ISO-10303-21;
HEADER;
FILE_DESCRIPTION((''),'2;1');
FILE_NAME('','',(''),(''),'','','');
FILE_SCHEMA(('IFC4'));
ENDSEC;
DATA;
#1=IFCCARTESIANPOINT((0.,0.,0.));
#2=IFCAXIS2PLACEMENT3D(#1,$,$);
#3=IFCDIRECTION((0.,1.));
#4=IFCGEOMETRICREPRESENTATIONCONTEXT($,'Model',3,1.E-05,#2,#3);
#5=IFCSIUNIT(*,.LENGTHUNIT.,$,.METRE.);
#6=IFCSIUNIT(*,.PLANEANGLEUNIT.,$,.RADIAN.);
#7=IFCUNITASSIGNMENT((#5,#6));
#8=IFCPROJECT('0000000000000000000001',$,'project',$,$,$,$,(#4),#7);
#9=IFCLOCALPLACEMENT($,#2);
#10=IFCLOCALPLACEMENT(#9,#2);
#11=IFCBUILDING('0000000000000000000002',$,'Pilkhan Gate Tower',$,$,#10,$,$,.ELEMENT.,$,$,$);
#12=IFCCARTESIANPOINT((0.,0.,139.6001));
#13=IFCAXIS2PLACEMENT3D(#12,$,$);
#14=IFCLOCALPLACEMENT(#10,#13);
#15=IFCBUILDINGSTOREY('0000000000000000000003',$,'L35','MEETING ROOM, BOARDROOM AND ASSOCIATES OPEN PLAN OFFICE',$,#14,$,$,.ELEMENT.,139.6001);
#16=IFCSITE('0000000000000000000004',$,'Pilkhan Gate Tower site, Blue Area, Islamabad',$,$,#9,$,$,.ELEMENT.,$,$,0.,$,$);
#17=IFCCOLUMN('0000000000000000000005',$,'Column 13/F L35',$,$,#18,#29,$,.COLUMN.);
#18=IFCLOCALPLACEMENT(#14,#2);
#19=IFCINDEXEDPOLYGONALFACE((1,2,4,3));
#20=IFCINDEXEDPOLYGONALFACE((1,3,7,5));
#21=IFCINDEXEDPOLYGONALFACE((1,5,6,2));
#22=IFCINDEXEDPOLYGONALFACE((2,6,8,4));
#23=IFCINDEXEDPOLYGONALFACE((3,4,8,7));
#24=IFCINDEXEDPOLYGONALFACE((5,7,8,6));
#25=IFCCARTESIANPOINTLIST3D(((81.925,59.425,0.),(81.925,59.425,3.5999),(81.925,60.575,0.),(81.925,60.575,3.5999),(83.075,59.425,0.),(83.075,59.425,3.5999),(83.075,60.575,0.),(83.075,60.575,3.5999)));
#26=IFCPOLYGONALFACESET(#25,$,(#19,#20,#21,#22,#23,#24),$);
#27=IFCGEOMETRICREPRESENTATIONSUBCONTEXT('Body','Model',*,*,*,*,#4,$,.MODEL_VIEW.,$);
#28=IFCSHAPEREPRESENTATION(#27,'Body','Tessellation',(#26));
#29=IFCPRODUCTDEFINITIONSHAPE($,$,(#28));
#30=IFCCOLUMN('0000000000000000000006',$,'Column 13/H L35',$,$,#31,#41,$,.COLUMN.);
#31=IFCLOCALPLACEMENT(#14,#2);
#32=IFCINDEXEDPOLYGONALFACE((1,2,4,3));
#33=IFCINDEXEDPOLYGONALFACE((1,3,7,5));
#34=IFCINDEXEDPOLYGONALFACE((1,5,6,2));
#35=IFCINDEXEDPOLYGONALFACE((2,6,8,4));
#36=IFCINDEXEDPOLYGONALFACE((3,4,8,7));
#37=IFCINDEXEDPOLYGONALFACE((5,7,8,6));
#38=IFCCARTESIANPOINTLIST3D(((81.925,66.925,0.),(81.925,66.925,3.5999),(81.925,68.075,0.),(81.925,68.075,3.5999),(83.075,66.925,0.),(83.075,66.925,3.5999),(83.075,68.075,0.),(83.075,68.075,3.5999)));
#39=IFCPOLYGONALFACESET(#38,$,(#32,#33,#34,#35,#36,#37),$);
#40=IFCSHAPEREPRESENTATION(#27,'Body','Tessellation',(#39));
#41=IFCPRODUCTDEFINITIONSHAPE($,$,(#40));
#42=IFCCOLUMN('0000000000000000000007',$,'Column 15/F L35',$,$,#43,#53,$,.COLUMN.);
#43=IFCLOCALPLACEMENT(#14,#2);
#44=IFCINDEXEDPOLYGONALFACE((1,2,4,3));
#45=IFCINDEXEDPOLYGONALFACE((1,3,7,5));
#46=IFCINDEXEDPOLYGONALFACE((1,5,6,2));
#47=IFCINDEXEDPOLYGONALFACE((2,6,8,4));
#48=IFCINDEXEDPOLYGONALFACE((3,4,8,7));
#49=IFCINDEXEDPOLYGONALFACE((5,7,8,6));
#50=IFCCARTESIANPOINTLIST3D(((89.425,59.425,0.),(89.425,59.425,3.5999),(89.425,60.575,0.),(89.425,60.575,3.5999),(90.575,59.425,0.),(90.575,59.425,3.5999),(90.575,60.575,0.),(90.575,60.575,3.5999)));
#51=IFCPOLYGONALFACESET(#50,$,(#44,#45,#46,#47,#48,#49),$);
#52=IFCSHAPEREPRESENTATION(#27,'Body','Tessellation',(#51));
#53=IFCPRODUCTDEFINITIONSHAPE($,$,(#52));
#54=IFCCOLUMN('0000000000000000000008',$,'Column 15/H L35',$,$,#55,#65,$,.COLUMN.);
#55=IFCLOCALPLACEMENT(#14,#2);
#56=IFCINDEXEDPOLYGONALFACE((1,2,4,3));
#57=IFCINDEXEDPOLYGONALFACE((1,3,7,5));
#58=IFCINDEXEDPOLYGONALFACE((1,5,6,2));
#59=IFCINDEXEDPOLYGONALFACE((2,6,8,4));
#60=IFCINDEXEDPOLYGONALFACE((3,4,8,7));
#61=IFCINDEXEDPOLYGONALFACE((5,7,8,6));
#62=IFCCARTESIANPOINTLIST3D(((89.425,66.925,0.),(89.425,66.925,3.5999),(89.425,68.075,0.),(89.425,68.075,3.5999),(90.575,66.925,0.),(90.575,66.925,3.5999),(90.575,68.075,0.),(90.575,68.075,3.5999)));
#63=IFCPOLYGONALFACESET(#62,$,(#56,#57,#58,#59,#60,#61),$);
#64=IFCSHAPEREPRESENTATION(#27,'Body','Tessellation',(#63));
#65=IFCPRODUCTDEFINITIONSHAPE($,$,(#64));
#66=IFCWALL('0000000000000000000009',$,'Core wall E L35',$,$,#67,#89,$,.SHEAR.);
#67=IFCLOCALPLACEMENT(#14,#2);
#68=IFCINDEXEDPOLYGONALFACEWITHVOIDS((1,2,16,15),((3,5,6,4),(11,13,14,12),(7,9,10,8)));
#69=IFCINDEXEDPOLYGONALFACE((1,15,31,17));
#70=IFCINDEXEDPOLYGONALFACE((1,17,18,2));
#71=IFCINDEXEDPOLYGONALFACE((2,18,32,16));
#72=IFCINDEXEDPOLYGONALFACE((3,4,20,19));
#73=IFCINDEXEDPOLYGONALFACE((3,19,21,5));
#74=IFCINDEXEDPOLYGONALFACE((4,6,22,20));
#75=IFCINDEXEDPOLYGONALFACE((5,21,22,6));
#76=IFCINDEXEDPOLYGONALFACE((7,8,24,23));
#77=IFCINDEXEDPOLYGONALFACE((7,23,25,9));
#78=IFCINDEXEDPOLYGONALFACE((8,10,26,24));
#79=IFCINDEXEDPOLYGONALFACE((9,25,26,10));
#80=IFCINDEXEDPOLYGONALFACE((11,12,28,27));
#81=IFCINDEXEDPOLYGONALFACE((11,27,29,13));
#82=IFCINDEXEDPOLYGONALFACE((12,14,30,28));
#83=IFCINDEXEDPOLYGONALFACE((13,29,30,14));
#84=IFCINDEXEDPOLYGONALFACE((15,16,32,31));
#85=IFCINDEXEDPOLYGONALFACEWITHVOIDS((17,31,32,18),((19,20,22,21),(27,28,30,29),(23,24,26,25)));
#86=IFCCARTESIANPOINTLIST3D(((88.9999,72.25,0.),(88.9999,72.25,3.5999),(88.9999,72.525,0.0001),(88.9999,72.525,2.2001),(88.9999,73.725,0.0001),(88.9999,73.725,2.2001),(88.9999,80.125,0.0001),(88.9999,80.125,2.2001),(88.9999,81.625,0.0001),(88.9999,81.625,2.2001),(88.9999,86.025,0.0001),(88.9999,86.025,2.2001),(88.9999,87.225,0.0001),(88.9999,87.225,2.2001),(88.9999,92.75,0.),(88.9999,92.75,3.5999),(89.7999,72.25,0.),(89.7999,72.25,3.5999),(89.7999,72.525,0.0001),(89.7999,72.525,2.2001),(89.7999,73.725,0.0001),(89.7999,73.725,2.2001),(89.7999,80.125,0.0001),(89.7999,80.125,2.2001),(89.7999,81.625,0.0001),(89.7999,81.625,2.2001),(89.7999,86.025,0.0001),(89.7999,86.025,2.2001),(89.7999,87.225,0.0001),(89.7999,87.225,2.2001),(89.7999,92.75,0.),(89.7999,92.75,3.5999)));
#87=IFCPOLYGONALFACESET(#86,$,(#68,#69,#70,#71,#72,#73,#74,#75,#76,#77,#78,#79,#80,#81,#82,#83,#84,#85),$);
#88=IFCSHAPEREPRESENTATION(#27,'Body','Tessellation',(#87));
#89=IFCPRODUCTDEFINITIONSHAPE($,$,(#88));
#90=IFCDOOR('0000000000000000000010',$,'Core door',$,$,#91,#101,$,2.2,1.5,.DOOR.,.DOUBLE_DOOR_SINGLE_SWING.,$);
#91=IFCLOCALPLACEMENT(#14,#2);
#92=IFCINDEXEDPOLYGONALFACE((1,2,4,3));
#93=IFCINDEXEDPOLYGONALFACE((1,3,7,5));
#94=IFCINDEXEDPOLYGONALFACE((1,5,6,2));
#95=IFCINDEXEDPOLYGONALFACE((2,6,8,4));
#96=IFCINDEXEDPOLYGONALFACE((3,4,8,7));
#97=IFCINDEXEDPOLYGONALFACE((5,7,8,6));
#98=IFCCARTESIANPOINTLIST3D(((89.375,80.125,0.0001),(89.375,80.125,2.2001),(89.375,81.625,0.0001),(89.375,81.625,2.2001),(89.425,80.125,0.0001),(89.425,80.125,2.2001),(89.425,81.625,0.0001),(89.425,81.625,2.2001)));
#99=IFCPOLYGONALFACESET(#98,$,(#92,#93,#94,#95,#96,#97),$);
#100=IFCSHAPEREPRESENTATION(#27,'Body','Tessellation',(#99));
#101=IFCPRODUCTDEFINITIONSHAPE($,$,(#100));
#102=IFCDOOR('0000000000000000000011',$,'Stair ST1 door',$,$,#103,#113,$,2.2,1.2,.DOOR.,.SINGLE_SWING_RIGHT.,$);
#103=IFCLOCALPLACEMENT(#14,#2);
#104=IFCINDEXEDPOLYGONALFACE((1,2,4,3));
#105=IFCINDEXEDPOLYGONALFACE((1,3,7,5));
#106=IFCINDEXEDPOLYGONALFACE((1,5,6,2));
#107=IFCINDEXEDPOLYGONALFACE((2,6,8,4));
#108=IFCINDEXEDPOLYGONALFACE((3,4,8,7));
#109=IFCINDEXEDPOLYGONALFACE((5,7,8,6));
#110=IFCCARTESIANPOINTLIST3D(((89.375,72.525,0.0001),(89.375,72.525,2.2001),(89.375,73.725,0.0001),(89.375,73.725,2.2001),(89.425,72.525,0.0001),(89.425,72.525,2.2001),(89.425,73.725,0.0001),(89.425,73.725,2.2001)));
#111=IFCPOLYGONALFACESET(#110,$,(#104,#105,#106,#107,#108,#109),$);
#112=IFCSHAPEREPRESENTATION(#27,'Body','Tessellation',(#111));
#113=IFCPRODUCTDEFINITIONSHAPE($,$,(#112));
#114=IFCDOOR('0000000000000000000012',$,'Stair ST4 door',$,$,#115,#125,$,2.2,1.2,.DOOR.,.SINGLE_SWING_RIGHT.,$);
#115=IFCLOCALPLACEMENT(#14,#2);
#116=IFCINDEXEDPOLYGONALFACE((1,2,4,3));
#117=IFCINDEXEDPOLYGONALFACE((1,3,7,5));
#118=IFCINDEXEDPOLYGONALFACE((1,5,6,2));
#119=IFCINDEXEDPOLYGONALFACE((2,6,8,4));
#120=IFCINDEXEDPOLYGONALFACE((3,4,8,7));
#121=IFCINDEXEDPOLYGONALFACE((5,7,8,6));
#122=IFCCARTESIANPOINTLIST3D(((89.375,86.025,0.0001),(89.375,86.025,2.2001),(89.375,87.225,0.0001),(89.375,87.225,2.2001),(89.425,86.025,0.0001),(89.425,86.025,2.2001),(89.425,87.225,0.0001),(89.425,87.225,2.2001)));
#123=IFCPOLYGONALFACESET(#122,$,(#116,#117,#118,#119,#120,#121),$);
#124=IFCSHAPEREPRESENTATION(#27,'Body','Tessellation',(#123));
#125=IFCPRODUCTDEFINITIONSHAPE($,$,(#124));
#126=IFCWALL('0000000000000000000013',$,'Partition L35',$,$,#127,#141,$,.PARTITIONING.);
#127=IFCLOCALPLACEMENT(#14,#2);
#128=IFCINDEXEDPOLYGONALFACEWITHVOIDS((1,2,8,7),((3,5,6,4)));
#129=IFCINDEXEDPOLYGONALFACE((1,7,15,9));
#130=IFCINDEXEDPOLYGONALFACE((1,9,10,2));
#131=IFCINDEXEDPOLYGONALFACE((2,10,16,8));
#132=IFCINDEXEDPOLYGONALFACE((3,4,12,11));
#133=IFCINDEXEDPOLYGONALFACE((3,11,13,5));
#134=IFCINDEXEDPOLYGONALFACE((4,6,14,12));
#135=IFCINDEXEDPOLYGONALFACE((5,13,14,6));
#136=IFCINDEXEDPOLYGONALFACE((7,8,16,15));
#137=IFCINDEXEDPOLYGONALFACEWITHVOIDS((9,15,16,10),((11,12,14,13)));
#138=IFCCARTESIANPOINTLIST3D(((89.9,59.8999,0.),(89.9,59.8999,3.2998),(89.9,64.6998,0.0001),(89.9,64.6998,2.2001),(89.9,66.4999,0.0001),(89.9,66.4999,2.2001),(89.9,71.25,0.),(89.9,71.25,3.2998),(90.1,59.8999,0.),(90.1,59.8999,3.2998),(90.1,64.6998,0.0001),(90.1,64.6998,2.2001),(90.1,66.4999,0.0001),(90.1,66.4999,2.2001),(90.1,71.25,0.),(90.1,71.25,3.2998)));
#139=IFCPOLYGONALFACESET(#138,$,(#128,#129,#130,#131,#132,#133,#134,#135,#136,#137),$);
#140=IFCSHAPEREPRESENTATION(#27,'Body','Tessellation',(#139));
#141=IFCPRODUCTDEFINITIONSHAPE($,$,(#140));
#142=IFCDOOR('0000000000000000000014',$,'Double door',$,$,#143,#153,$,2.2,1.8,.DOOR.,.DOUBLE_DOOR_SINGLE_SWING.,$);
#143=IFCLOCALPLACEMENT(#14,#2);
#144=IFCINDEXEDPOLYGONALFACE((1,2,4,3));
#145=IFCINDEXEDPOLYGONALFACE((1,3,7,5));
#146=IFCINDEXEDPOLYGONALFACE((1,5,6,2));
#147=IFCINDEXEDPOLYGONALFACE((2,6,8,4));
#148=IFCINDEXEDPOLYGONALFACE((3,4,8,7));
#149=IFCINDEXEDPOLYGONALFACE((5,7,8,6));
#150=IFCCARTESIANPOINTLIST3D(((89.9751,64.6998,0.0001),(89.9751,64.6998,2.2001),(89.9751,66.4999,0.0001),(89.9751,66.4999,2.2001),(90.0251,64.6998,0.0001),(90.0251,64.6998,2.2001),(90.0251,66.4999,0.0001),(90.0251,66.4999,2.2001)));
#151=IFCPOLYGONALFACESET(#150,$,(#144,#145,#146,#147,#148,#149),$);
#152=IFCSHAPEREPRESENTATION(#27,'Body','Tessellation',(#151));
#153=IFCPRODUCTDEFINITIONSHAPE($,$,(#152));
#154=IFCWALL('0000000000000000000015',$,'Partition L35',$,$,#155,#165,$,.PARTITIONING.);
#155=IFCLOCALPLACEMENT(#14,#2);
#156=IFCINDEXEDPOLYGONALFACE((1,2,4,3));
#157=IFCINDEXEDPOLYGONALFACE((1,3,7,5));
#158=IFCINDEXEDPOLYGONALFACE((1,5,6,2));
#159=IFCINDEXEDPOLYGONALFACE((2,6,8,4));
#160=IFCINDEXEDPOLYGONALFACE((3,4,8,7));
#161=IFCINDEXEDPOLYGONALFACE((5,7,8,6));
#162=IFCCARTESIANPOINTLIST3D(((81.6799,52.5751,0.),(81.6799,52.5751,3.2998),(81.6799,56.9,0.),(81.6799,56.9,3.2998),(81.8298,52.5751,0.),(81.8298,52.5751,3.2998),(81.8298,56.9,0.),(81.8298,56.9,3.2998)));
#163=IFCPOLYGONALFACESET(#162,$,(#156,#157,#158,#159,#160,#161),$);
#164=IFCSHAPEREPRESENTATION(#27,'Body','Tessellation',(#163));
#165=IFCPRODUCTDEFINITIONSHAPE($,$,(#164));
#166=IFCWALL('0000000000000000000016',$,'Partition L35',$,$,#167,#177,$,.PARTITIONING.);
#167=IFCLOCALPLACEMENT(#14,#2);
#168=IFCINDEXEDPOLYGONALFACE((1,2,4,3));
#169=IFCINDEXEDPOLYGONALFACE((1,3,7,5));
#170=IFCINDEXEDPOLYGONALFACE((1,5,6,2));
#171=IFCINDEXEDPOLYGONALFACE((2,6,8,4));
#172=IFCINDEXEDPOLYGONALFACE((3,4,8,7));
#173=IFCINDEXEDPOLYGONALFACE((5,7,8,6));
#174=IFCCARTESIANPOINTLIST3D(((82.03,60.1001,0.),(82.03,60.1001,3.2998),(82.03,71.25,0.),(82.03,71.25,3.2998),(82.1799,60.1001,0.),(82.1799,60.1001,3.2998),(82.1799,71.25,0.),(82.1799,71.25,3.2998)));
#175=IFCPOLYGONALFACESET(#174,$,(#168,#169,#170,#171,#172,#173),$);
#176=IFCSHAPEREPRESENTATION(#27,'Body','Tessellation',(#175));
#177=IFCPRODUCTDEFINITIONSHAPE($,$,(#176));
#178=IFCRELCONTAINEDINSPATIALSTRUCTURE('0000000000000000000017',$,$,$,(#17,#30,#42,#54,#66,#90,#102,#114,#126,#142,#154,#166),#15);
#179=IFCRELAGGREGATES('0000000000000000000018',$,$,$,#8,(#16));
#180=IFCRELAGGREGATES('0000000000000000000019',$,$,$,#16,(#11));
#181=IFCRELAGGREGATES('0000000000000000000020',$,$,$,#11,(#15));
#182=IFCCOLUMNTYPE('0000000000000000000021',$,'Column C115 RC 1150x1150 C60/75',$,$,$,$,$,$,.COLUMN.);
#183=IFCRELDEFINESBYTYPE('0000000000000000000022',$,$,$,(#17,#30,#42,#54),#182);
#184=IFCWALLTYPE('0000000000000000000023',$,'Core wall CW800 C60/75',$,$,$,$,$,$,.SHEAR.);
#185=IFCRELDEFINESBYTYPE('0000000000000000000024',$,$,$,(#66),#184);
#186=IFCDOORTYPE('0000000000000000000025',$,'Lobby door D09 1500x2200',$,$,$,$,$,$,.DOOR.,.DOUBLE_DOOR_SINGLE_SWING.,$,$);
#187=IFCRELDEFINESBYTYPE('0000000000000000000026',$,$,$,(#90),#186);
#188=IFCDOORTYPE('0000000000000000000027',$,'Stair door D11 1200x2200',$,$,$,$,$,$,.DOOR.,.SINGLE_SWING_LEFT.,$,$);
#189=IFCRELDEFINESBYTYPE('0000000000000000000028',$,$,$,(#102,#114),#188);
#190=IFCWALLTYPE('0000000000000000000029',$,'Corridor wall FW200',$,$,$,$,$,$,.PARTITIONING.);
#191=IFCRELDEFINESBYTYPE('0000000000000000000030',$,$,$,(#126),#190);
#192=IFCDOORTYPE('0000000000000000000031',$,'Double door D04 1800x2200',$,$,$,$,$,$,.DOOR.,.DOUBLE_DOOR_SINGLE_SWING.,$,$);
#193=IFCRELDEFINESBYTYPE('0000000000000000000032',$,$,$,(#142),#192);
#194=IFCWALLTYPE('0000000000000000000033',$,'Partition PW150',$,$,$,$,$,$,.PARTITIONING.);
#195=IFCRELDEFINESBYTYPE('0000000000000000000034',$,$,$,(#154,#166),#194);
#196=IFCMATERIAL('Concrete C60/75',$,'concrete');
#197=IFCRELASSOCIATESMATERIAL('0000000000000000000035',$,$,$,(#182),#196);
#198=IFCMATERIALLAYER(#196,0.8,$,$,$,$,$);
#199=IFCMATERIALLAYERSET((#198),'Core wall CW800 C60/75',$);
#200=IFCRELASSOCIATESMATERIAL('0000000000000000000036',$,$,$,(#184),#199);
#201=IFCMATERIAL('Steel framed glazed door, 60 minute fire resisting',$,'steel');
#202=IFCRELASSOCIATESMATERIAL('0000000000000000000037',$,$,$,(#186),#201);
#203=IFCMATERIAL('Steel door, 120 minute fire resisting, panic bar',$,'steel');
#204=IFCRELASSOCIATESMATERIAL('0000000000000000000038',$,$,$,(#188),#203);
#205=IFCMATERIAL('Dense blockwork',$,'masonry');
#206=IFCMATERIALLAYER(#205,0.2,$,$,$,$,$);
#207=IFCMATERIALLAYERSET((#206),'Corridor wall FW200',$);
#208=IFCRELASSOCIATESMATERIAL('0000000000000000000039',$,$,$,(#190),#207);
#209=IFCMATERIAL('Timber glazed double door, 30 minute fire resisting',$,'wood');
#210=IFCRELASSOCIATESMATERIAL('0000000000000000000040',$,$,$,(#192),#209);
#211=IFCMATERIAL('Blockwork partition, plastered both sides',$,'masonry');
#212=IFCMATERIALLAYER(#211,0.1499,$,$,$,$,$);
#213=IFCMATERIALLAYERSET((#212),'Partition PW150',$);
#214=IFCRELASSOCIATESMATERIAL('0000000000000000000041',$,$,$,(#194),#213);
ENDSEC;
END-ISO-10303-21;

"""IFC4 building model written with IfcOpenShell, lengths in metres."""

from ifc_helpers import new_model, si_unit, direction, frame, frame_2d, origin, origin_2d, place, context, subcontext, project, spatial, rectangle, extrude, material, layer, layer_set, material_profile, profile_set, type_object, element, fill, save


model = new_model("IFC4")

# Units and contexts
model_context = context("Model", 3, precision=1e-05, world=origin(), true_north=direction((0.0, 1.0)))
body_context = subcontext(model_context, "Body", "Model", "MODEL_VIEW")
ifc_project = project(units=[si_unit("LENGTHUNIT", "METRE"), si_unit("PLANEANGLEUNIT", "RADIAN")], contexts=[model_context])

# Site, building, storey
site_placement = place(None, origin())
site = spatial("IfcSite", under=ifc_project, at=site_placement, Name="Pilkhan Gate Tower site, Blue Area, Islamabad", CompositionType="ELEMENT", RefElevation=0.0)
building_placement = place(site_placement, origin())
building = spatial("IfcBuilding", under=site, at=building_placement, Name="Pilkhan Gate Tower", CompositionType="ELEMENT")
storey_placement = place(building_placement, frame((0.0, 0.0, 139.6001)))
storey = spatial("IfcBuildingStorey", under=building, at=storey_placement, Name="L35", Description="MEETING ROOM, BOARDROOM AND ASSOCIATES OPEN PLAN OFFICE", CompositionType="ELEMENT", Elevation=139.6001)

# Columns
ifc_material_1 = material(Name="Concrete C60/75", Category="concrete")
ifc_material_profile = material_profile(ifc_material_1, rectangle(XDim=1.1499, YDim=1.1499, at=origin_2d()), Name="RC 1150x1150")
ifc_profile_set = profile_set([ifc_material_profile], Name="Concrete C60/75")
column_type = type_object("IfcColumnType", Name="Column C115 RC 1150x1150 C60/75", PredefinedType="COLUMN", material=ifc_profile_set)
for number, where, z_axis, x_axis, name in (
    (1, (82.5, 60.0, 0.0), (0.0, 0.0, 1.0), (1.0, 0.0, 0.0), "Column 13/F L35"),
    (2, (82.5, 67.5, 0.0), (0.0, 0.0, 1.0), (1.0, 0.0, 0.0), "Column 13/H L35"),
    (3, (90.0, 60.0, 0.0), (0.0, 0.0, 1.0), (1.0, 0.0, 0.0), "Column 15/F L35"),
    (4, (90.0, 67.5, 0.0), (0.0, 0.0, 1.0), (1.0, 0.0, 0.0), "Column 15/H L35"),
):
    element("IfcColumn", number, at=place(storey_placement, frame(where, z_axis=z_axis, x_axis=x_axis)), inside=storey, type_object=column_type, Name=name, PredefinedType="COLUMN", context=body_context, shape_type="SweptSolid", body=[
        extrude(rectangle(XDim=1.1499, YDim=1.1499, at=origin_2d()), origin(), (0.0, 0.0, 1.0), 3.5999),
    ])

# Wall, openings, doors
ifc_layer_1 = layer(ifc_material_1, 0.8)
ifc_layer_set_1 = layer_set([ifc_layer_1], Name="Core wall CW800 C60/75")
wall_type_1 = type_object("IfcWallType", Name="Core wall CW800 C60/75", PredefinedType="SHEAR", material=ifc_layer_set_1)
wall_1_placement = place(storey_placement, frame((89.3999, 72.25, 0.0), z_axis=(0.0, 0.0, 1.0), x_axis=(0.0, 1.0, 0.0)))
wall_1 = element("IfcWall", 5, at=wall_1_placement, inside=storey, type_object=wall_type_1, Name="Core wall E L35", PredefinedType="SHEAR", context=body_context, shape_type="SweptSolid", body=[
    extrude(rectangle(XDim=20.5, YDim=0.8, at=frame_2d((10.25, 0.0))), origin(), (0.0, 0.0, 1.0), 3.5999),
])
opening_1_placement = place(wall_1_placement, frame((0.2749, 0.0, 0.0)))
opening_1 = element("IfcOpeningElement", 6, at=opening_1_placement, cuts=wall_1, PredefinedType="OPENING", context=body_context, shape_type="SweptSolid", body=[
    extrude(rectangle(XDim=1.2, YDim=2.2, at=frame_2d((0.6001, 1.1001))), frame((0.0, 0.4099, 0.0), z_axis=(0.0, -1.0, 0.0), x_axis=(1.0, 0.0, 0.0)), (0.0, 0.0, 1.0), 0.8201),
])
opening_2_placement = place(wall_1_placement, frame((13.7749, 0.0, 0.0)))
opening_2 = element("IfcOpeningElement", 7, at=opening_2_placement, cuts=wall_1, PredefinedType="OPENING", context=body_context, shape_type="SweptSolid", body=[
    extrude(rectangle(XDim=1.2, YDim=2.2, at=frame_2d((0.6001, 1.1001))), frame((0.0, 0.4099, 0.0), z_axis=(0.0, -1.0, 0.0), x_axis=(1.0, 0.0, 0.0)), (0.0, 0.0, 1.0), 0.8201),
])
opening_3_placement = place(wall_1_placement, frame((7.875, 0.0, 0.0)))
opening_3 = element("IfcOpeningElement", 8, at=opening_3_placement, cuts=wall_1, PredefinedType="OPENING", context=body_context, shape_type="SweptSolid", body=[
    extrude(rectangle(XDim=1.5, YDim=2.2, at=frame_2d((0.75, 1.1001))), frame((0.0, 0.4099, 0.0), z_axis=(0.0, -1.0, 0.0), x_axis=(1.0, 0.0, 0.0)), (0.0, 0.0, 1.0), 0.8201),
])
ifc_material_2 = material(Name="Steel framed glazed door, 60 minute fire resisting", Category="steel")
door_type_1 = type_object("IfcDoorType", Name="Lobby door D09 1500x2200", OperationType="DOUBLE_DOOR_SINGLE_SWING", PredefinedType="DOOR", material=ifc_material_2)
door_1_placement = place(opening_3_placement, origin())
door_1 = element("IfcDoor", 9, at=door_1_placement, inside=storey, type_object=door_type_1, Name="Core door", OperationType="DOUBLE_DOOR_SINGLE_SWING", OverallHeight=2.2, OverallWidth=1.5, PredefinedType="DOOR", context=body_context, shape_type="SweptSolid", body=[
    extrude(rectangle(XDim=1.5, YDim=2.2, at=frame_2d((0.75, 1.1001))), frame((0.0, 0.0249, 0.0), z_axis=(0.0, -1.0, 0.0), x_axis=(1.0, 0.0, 0.0)), (0.0, 0.0, 1.0), 0.05),
])
fill(opening_3, door_1)
ifc_material_3 = material(Name="Steel door, 120 minute fire resisting, panic bar", Category="steel")
door_type_2 = type_object("IfcDoorType", Name="Stair door D11 1200x2200", OperationType="SINGLE_SWING_LEFT", PredefinedType="DOOR", material=ifc_material_3)
door_2_placement = place(opening_1_placement, origin())
door_2 = element("IfcDoor", 10, at=door_2_placement, inside=storey, type_object=door_type_2, Name="Stair ST1 door", OperationType="SINGLE_SWING_RIGHT", OverallHeight=2.2, OverallWidth=1.2, PredefinedType="DOOR", context=body_context, shape_type="SweptSolid", body=[
    extrude(rectangle(XDim=1.2, YDim=2.2, at=frame_2d((0.6001, 1.1001))), frame((0.0, 0.0249, 0.0), z_axis=(0.0, -1.0, 0.0), x_axis=(1.0, 0.0, 0.0)), (0.0, 0.0, 1.0), 0.05),
])
fill(opening_1, door_2)
door_3_placement = place(opening_2_placement, origin())
door_3 = element("IfcDoor", 11, at=door_3_placement, inside=storey, type_object=door_type_2, Name="Stair ST4 door", OperationType="SINGLE_SWING_RIGHT", OverallHeight=2.2, OverallWidth=1.2, PredefinedType="DOOR", context=body_context, shape_type="SweptSolid", body=[
    extrude(rectangle(XDim=1.2, YDim=2.2, at=frame_2d((0.6001, 1.1001))), frame((0.0, 0.0249, 0.0), z_axis=(0.0, -1.0, 0.0), x_axis=(1.0, 0.0, 0.0)), (0.0, 0.0, 1.0), 0.05),
])
fill(opening_2, door_3)

# Wall, opening, door
ifc_material_4 = material(Name="Dense blockwork", Category="masonry")
ifc_layer_2 = layer(ifc_material_4, 0.2)
ifc_layer_set_2 = layer_set([ifc_layer_2], Name="Corridor wall FW200")
wall_type_2 = type_object("IfcWallType", Name="Corridor wall FW200", PredefinedType="PARTITIONING", material=ifc_layer_set_2)
wall_2_placement = place(storey_placement, frame((90.0, 59.8999, 0.0), z_axis=(0.0, 0.0, 1.0), x_axis=(0.0, 1.0, 0.0)))
wall_2 = element("IfcWall", 12, at=wall_2_placement, inside=storey, type_object=wall_type_2, Name="Partition L35", PredefinedType="PARTITIONING", context=body_context, shape_type="SweptSolid", body=[
    extrude(rectangle(XDim=11.3501, YDim=0.2, at=frame_2d((5.675, 0.0))), origin(), (0.0, 0.0, 1.0), 3.2998),
])
opening_4_placement = place(wall_2_placement, frame((4.8, 0.0, 0.0)))
opening_4 = element("IfcOpeningElement", 13, at=opening_4_placement, cuts=wall_2, PredefinedType="OPENING", context=body_context, shape_type="SweptSolid", body=[
    extrude(rectangle(XDim=1.8, YDim=2.2, at=frame_2d((0.8999, 1.1001))), frame((0.0, 0.1099, 0.0), z_axis=(0.0, -1.0, 0.0), x_axis=(1.0, 0.0, 0.0)), (0.0, 0.0, 1.0), 0.22),
])
ifc_material_5 = material(Name="Timber glazed double door, 30 minute fire resisting", Category="wood")
door_type_3 = type_object("IfcDoorType", Name="Double door D04 1800x2200", OperationType="DOUBLE_DOOR_SINGLE_SWING", PredefinedType="DOOR", material=ifc_material_5)
door_4_placement = place(opening_4_placement, origin())
door_4 = element("IfcDoor", 14, at=door_4_placement, inside=storey, type_object=door_type_3, Name="Double door", OperationType="DOUBLE_DOOR_SINGLE_SWING", OverallHeight=2.2, OverallWidth=1.8, PredefinedType="DOOR", context=body_context, shape_type="SweptSolid", body=[
    extrude(rectangle(XDim=1.8, YDim=2.2, at=frame_2d((0.8999, 1.1001))), frame((0.0, 0.0249, 0.0), z_axis=(0.0, -1.0, 0.0), x_axis=(1.0, 0.0, 0.0)), (0.0, 0.0, 1.0), 0.05),
])
fill(opening_4, door_4)

# Walls
ifc_material_6 = material(Name="Blockwork partition, plastered both sides", Category="masonry")
ifc_layer_3 = layer(ifc_material_6, 0.1499)
ifc_layer_set_3 = layer_set([ifc_layer_3], Name="Partition PW150")
wall_type_3 = type_object("IfcWallType", Name="Partition PW150", PredefinedType="PARTITIONING", material=ifc_layer_set_3)
wall_3_placement = place(storey_placement, frame((81.7549, 52.575, 0.0), z_axis=(0.0, 0.0, 1.0), x_axis=(0.0, 1.0, 0.0)))
element("IfcWall", 15, at=wall_3_placement, inside=storey, type_object=wall_type_3, Name="Partition L35", PredefinedType="PARTITIONING", context=body_context, shape_type="SweptSolid", body=[
    extrude(rectangle(XDim=4.325, YDim=0.1499, at=frame_2d((2.1626, 0.0))), origin(), (0.0, 0.0, 1.0), 3.2998),
])
wall_4_placement = place(storey_placement, frame((82.105, 60.1001, 0.0), z_axis=(0.0, 0.0, 1.0), x_axis=(0.0, 1.0, 0.0)))
element("IfcWall", 16, at=wall_4_placement, inside=storey, type_object=wall_type_3, Name="Partition L35", PredefinedType="PARTITIONING", context=body_context, shape_type="SweptSolid", body=[
    extrude(rectangle(XDim=11.1499, YDim=0.1499, at=frame_2d((5.575, 0.0))), origin(), (0.0, 0.0, 1.0), 3.2998),
])

save(model, "model.ifc")
